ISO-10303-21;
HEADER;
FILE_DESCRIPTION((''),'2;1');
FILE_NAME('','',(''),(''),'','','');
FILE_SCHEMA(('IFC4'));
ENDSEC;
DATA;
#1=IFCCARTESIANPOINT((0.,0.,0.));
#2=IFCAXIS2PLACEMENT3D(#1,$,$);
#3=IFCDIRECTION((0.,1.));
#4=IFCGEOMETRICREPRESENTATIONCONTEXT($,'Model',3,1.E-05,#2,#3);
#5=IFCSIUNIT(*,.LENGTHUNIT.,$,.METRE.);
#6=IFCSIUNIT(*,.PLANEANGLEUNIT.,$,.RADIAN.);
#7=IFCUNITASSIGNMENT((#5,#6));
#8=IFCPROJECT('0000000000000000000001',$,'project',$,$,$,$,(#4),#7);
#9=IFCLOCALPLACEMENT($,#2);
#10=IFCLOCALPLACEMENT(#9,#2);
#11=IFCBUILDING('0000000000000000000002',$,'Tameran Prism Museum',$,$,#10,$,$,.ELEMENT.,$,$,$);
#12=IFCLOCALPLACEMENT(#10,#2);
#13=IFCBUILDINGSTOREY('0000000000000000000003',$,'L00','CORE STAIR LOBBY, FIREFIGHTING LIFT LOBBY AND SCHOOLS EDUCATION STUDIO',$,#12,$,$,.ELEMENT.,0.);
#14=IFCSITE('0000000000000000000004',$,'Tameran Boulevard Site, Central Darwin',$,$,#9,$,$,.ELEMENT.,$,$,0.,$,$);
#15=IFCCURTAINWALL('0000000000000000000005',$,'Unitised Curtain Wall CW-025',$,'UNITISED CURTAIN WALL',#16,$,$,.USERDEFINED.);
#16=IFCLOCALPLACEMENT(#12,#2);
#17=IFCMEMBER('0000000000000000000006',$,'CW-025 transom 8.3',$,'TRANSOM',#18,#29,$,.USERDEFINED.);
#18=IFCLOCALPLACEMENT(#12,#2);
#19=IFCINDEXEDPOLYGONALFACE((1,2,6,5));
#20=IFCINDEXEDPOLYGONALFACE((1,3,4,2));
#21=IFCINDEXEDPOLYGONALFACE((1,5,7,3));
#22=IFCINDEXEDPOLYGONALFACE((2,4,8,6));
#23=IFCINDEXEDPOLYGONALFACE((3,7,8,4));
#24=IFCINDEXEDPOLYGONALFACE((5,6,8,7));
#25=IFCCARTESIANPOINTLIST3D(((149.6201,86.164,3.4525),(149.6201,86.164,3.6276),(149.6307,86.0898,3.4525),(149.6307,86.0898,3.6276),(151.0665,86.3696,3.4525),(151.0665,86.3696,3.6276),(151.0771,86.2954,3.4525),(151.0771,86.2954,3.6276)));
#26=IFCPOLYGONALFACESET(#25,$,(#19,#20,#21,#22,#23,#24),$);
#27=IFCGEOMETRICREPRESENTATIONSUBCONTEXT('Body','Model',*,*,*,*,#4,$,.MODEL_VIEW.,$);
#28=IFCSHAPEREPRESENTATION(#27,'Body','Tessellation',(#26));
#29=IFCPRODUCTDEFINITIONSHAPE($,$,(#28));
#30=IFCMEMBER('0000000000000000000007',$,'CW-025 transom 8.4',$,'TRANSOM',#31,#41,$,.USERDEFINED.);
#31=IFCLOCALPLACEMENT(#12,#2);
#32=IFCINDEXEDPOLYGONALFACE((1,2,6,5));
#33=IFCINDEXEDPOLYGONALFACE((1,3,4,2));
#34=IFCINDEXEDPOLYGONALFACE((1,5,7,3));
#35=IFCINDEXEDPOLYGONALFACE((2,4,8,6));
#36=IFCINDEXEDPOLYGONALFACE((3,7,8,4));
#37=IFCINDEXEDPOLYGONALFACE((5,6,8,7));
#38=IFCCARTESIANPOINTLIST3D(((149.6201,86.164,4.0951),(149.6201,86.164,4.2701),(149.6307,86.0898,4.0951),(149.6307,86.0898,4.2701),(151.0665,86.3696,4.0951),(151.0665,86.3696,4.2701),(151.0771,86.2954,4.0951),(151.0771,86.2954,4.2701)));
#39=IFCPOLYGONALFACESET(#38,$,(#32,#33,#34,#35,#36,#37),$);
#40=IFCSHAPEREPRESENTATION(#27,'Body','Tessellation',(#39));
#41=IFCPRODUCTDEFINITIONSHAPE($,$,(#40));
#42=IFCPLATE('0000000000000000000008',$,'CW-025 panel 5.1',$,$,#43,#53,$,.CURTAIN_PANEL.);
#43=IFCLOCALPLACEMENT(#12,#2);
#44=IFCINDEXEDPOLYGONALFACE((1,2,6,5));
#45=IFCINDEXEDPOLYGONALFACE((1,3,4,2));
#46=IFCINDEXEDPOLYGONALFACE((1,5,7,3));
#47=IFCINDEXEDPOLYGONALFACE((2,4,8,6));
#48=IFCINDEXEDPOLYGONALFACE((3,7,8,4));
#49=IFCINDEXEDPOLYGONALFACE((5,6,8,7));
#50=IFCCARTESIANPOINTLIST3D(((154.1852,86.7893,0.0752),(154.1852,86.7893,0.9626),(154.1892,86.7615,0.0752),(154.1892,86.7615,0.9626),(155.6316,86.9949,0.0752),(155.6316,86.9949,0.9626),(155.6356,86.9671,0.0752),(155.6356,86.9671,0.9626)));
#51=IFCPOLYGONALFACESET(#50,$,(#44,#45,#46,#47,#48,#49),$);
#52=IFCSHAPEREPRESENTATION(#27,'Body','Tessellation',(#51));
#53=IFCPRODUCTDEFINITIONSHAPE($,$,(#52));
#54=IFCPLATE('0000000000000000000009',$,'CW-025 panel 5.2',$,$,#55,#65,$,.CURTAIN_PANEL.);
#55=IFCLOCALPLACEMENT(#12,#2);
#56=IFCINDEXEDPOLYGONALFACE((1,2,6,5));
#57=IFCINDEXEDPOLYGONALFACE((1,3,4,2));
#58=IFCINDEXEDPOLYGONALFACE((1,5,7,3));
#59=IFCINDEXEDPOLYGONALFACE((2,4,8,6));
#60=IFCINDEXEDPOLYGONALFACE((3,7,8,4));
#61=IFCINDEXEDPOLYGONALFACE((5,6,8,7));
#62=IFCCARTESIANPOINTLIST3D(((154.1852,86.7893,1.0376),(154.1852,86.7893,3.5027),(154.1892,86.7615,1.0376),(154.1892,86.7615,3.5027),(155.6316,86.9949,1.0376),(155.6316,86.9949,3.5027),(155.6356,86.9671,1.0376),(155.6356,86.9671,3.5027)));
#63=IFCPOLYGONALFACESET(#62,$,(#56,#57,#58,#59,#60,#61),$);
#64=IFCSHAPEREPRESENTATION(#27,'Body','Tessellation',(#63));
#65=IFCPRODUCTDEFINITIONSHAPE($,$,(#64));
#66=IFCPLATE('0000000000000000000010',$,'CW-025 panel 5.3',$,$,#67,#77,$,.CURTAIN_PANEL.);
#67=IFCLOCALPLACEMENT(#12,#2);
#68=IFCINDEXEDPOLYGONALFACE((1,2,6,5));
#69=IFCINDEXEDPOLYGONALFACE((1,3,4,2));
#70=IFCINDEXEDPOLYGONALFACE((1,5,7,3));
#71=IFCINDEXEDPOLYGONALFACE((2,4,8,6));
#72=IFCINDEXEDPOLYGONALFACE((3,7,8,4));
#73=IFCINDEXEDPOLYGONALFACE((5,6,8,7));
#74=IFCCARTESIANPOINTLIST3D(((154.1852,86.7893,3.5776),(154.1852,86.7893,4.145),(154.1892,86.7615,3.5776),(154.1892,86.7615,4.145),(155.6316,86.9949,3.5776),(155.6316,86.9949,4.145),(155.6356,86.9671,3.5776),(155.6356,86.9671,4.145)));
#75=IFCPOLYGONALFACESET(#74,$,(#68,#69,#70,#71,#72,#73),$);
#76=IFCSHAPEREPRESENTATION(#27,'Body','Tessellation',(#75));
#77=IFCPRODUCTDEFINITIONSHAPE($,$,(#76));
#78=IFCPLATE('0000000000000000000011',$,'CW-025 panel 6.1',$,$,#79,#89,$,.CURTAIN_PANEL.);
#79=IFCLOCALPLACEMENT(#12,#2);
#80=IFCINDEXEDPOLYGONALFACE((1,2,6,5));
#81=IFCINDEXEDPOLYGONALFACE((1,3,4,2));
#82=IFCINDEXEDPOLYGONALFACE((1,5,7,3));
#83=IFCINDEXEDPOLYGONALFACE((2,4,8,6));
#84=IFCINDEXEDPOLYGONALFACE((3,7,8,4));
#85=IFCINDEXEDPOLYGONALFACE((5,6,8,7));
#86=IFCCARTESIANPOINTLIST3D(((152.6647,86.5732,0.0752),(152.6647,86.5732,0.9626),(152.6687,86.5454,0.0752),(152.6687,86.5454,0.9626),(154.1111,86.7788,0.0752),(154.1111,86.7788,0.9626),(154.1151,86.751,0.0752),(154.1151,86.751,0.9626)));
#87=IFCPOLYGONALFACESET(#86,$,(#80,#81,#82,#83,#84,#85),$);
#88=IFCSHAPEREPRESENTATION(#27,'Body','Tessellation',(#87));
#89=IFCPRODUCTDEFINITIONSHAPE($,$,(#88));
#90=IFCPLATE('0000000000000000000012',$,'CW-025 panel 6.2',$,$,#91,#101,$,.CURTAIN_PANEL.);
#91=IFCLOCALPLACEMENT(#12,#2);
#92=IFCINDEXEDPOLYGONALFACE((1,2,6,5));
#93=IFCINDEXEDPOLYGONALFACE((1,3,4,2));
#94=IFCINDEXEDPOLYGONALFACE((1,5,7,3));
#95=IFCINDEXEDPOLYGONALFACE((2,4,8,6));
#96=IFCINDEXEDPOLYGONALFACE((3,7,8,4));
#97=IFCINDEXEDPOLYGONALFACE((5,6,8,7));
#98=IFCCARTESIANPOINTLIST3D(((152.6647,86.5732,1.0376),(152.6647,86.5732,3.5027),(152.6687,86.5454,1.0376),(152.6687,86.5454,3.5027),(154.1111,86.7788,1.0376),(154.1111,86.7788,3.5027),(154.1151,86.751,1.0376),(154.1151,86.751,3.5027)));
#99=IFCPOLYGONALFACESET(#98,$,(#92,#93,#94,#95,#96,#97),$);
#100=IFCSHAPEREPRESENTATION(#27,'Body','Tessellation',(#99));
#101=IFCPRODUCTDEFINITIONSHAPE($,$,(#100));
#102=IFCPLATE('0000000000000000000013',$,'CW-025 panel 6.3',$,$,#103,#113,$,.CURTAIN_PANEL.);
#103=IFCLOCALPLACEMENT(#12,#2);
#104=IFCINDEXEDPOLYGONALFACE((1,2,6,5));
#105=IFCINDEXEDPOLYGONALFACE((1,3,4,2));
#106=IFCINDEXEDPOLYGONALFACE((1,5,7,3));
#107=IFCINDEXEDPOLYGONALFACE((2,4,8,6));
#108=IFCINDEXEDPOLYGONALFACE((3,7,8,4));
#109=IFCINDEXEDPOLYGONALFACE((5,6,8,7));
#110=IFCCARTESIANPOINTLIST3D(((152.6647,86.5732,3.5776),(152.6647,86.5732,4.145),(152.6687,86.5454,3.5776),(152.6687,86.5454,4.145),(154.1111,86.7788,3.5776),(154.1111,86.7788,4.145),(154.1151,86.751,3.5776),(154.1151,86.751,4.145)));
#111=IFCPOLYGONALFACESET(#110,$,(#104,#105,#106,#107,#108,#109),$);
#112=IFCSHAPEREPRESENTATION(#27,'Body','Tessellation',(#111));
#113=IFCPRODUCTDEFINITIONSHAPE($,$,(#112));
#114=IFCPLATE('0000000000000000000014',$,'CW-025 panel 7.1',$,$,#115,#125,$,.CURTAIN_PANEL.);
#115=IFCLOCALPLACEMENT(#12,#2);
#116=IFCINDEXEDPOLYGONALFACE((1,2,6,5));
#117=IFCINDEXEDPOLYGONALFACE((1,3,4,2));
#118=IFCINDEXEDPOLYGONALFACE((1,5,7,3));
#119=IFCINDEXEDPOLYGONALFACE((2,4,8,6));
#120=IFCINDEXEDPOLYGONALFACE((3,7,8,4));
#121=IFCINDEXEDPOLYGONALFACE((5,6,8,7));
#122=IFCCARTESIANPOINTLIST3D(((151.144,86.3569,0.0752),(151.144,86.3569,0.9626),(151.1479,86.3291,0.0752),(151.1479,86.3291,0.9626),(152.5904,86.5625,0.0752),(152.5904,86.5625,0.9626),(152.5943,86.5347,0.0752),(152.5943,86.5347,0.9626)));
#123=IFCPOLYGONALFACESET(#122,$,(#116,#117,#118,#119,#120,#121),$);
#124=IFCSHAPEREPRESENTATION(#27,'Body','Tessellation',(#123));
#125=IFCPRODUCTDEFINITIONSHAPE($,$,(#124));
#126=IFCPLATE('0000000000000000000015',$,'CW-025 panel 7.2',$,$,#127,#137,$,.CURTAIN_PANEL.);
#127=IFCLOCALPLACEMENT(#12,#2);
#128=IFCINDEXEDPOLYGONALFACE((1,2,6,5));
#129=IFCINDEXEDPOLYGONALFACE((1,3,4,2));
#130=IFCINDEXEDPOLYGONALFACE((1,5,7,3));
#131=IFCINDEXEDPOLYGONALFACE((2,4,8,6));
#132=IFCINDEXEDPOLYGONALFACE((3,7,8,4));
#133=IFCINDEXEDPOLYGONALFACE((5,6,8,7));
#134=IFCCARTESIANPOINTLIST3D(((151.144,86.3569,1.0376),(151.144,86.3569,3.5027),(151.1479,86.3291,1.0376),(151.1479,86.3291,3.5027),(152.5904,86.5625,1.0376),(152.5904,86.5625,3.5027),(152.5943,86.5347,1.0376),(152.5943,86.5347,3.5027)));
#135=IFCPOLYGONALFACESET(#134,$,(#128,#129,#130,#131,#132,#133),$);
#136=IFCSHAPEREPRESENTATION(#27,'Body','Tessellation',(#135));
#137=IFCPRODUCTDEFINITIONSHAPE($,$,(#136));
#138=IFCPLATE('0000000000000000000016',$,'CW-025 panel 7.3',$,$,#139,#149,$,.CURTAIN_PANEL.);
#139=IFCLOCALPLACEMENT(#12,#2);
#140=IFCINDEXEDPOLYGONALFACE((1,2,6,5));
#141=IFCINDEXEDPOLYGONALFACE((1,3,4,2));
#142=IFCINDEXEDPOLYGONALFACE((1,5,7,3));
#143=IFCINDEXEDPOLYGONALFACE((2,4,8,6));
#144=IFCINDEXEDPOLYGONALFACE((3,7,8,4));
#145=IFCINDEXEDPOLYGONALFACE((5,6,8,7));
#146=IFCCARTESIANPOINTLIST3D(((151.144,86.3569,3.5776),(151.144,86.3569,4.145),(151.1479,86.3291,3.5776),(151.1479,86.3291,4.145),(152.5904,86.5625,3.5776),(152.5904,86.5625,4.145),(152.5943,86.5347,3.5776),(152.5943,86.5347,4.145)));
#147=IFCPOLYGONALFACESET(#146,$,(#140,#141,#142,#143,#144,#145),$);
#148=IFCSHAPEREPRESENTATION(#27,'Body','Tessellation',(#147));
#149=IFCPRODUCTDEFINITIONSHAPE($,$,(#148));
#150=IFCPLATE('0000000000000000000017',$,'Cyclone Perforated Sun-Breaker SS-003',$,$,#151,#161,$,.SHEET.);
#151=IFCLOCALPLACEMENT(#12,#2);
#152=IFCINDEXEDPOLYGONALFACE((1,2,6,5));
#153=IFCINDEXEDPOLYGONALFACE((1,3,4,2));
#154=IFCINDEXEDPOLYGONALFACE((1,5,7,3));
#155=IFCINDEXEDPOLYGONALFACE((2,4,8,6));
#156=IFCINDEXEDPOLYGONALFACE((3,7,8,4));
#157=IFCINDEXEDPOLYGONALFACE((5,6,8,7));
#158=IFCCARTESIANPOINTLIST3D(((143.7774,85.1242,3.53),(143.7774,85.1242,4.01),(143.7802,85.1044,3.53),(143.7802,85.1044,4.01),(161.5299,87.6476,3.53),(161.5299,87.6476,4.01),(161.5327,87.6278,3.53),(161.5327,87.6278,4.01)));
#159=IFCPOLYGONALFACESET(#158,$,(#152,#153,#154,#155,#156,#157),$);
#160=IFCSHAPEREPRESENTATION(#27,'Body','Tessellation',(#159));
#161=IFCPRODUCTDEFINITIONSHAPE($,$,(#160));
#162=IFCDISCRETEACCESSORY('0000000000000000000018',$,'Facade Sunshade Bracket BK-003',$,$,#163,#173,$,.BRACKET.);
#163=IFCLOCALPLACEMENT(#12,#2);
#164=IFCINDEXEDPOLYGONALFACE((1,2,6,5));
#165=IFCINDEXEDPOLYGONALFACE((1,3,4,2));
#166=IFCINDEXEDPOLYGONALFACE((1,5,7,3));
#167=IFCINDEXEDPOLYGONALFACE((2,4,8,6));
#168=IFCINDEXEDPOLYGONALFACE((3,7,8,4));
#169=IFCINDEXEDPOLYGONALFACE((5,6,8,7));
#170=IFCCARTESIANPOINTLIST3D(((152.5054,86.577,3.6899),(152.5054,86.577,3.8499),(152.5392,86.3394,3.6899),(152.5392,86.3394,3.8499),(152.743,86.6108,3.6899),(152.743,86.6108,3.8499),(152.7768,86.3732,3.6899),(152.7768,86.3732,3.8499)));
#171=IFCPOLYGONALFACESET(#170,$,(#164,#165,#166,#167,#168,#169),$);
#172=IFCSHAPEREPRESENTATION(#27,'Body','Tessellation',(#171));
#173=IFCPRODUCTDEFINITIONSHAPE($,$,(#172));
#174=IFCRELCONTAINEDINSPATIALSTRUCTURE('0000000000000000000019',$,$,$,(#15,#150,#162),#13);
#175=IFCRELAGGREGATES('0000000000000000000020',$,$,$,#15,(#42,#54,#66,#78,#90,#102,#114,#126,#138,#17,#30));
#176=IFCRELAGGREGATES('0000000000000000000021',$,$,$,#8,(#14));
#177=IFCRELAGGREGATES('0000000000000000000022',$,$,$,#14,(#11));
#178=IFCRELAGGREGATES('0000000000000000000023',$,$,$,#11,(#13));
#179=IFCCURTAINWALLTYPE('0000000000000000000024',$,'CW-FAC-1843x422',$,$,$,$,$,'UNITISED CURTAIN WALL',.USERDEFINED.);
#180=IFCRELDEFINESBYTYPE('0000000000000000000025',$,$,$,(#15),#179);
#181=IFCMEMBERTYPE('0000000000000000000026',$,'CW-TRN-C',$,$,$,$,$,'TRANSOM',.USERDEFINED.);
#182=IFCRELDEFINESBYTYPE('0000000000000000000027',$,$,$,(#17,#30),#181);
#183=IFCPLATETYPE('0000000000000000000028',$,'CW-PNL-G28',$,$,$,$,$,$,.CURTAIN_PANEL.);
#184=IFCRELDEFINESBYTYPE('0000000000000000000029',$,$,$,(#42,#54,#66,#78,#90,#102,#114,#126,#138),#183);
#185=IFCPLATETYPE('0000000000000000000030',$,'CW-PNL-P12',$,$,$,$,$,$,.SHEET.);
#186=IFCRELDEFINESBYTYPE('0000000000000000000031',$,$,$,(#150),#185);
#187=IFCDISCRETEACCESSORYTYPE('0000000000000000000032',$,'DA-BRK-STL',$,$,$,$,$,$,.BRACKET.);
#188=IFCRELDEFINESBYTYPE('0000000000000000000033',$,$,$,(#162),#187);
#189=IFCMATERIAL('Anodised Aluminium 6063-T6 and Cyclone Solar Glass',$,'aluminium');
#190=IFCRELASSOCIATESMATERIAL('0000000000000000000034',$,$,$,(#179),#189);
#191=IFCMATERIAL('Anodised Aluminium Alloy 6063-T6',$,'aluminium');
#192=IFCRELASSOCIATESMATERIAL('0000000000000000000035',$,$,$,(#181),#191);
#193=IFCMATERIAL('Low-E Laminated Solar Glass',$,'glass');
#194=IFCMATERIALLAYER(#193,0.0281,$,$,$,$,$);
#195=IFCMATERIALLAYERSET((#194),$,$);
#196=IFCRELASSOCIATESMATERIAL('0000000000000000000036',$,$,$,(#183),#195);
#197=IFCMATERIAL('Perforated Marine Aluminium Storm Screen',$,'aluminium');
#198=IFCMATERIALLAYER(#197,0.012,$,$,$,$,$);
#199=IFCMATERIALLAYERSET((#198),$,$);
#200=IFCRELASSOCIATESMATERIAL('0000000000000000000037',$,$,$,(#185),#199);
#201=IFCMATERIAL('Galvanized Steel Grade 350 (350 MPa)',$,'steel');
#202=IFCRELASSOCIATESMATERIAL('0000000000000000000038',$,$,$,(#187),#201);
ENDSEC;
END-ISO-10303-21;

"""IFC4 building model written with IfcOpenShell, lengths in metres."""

from ifc_helpers import new_model, si_unit, direction, frame, origin, origin_2d, place, context, subcontext, project, spatial, rectangle, extrude, material, layer, layer_set, material_profile, profile_set, type_object, element, aggregate, save


model = new_model("IFC4")

# Units and contexts
model_context = context("Model", 3, precision=1e-05, world=origin(), true_north=direction((0.0, 1.0)))
body_context = subcontext(model_context, "Body", "Model", "MODEL_VIEW")
ifc_project = project(units=[si_unit("LENGTHUNIT", "METRE"), si_unit("PLANEANGLEUNIT", "RADIAN")], contexts=[model_context])

# Site, building, storey
site_placement = place(None, origin())
site = spatial("IfcSite", under=ifc_project, at=site_placement, Name="Tameran Boulevard Site, Central Darwin", CompositionType="ELEMENT", RefElevation=0.0)
building_placement = place(site_placement, origin())
building = spatial("IfcBuilding", under=site, at=building_placement, Name="Tameran Prism Museum", CompositionType="ELEMENT")
storey_placement = place(building_placement, origin())
storey = spatial("IfcBuildingStorey", under=building, at=storey_placement, Name="L00", Description="CORE STAIR LOBBY, FIREFIGHTING LIFT LOBBY AND SCHOOLS EDUCATION STUDIO", CompositionType="ELEMENT", Elevation=0.0)

# Curtain wall, members, plates
ifc_material_1 = material(Name="Anodised Aluminium 6063-T6 and Cyclone Solar Glass", Category="aluminium")
curtain_wall_type = type_object("IfcCurtainWallType", Name="CW-FAC-1843x422", ElementType="UNITISED CURTAIN WALL", PredefinedType="USERDEFINED", material=ifc_material_1)
curtain_wall_placement = place(storey_placement, origin())
curtain_wall = element("IfcCurtainWall", 1, at=curtain_wall_placement, inside=storey, type_object=curtain_wall_type, Name="Unitised Curtain Wall CW-025", ObjectType="UNITISED CURTAIN WALL", PredefinedType="USERDEFINED")
ifc_material_2 = material(Name="Anodised Aluminium Alloy 6063-T6", Category="aluminium")
ifc_material_profile_1 = material_profile(ifc_material_2, rectangle(XDim=0.075, YDim=0.175, at=origin_2d()))
ifc_profile_set_1 = profile_set([ifc_material_profile_1])
member_type_1 = type_object("IfcMemberType", Name="CW-TRN-C", ElementType="TRANSOM", PredefinedType="USERDEFINED", material=ifc_profile_set_1)
member_1_placement = place(storey_placement, frame((151.0718, 86.3325, 3.54), z_axis=(-0.99005, -0.140719, 0.0), x_axis=(0.140719, -0.99005, 0.0)))
member_1 = element("IfcMember", 2, at=member_1_placement, type_object=member_type_1, Name="CW-025 transom 8.3", ObjectType="TRANSOM", PredefinedType="USERDEFINED", context=body_context, shape_type="SweptSolid", body=[
    extrude(rectangle(XDim=0.075, YDim=0.175, at=origin_2d()), origin(), (0.0, 0.0, 1.0), 1.4609),
])
member_2_placement = place(storey_placement, frame((151.0718, 86.3325, 4.1826), z_axis=(-0.99005, -0.140719, 0.0), x_axis=(0.140719, -0.99005, 0.0)))
member_2 = element("IfcMember", 3, at=member_2_placement, type_object=member_type_1, Name="CW-025 transom 8.4", ObjectType="TRANSOM", PredefinedType="USERDEFINED", context=body_context, shape_type="SweptSolid", body=[
    extrude(rectangle(XDim=0.075, YDim=0.175, at=origin_2d()), origin(), (0.0, 0.0, 1.0), 1.4609),
])
ifc_material_3 = material(Name="Low-E Laminated Solar Glass", Category="glass")
ifc_layer_1 = layer(ifc_material_3, 0.0281)
ifc_layer_set_1 = layer_set([ifc_layer_1])
plate_type_1 = type_object("IfcPlateType", Name="CW-PNL-G28", PredefinedType="CURTAIN_PANEL", material=ifc_layer_set_1)
plate_1_placement = place(storey_placement, frame((154.9104, 86.8782, 0.0752), z_axis=(0.0, 0.0, 1.0), x_axis=(-0.990046, -0.140745, 0.0)))
plate_1 = element("IfcPlate", 4, at=plate_1_placement, type_object=plate_type_1, Name="CW-025 panel 5.1", PredefinedType="CURTAIN_PANEL", context=body_context, shape_type="SweptSolid", body=[
    extrude(rectangle(XDim=1.4609, YDim=0.0281, at=origin_2d()), origin(), (0.0, 0.0, 1.0), 0.8875),
])
plate_2_placement = place(storey_placement, frame((154.9104, 86.8782, 1.0376), z_axis=(0.0, 0.0, 1.0), x_axis=(-0.990046, -0.140745, 0.0)))
plate_2 = element("IfcPlate", 5, at=plate_2_placement, type_object=plate_type_1, Name="CW-025 panel 5.2", PredefinedType="CURTAIN_PANEL", context=body_context, shape_type="SweptSolid", body=[
    extrude(rectangle(XDim=1.4609, YDim=0.0281, at=origin_2d()), origin(), (0.0, 0.0, 1.0), 2.4651),
])
plate_3_placement = place(storey_placement, frame((154.9104, 86.8782, 3.5776), z_axis=(0.0, 0.0, 1.0), x_axis=(-0.990046, -0.140745, 0.0)))
plate_3 = element("IfcPlate", 6, at=plate_3_placement, type_object=plate_type_1, Name="CW-025 panel 5.3", PredefinedType="CURTAIN_PANEL", context=body_context, shape_type="SweptSolid", body=[
    extrude(rectangle(XDim=1.4609, YDim=0.0281, at=origin_2d()), origin(), (0.0, 0.0, 1.0), 0.5674),
])
plate_4_placement = place(storey_placement, frame((153.3899, 86.6621, 0.0752), z_axis=(0.0, 0.0, 1.0), x_axis=(-0.990046, -0.140745, 0.0)))
plate_4 = element("IfcPlate", 7, at=plate_4_placement, type_object=plate_type_1, Name="CW-025 panel 6.1", PredefinedType="CURTAIN_PANEL", context=body_context, shape_type="SweptSolid", body=[
    extrude(rectangle(XDim=1.4609, YDim=0.0281, at=origin_2d()), origin(), (0.0, 0.0, 1.0), 0.8875),
])
plate_5_placement = place(storey_placement, frame((153.3899, 86.6621, 1.0376), z_axis=(0.0, 0.0, 1.0), x_axis=(-0.990046, -0.140745, 0.0)))
plate_5 = element("IfcPlate", 8, at=plate_5_placement, type_object=plate_type_1, Name="CW-025 panel 6.2", PredefinedType="CURTAIN_PANEL", context=body_context, shape_type="SweptSolid", body=[
    extrude(rectangle(XDim=1.4609, YDim=0.0281, at=origin_2d()), origin(), (0.0, 0.0, 1.0), 2.4651),
])
plate_6_placement = place(storey_placement, frame((153.3899, 86.6621, 3.5776), z_axis=(0.0, 0.0, 1.0), x_axis=(-0.990046, -0.140745, 0.0)))
plate_6 = element("IfcPlate", 9, at=plate_6_placement, type_object=plate_type_1, Name="CW-025 panel 6.3", PredefinedType="CURTAIN_PANEL", context=body_context, shape_type="SweptSolid", body=[
    extrude(rectangle(XDim=1.4609, YDim=0.0281, at=origin_2d()), origin(), (0.0, 0.0, 1.0), 0.5674),
])
plate_7_placement = place(storey_placement, frame((151.8691, 86.4458, 0.0752), z_axis=(0.0, 0.0, 1.0), x_axis=(-0.990046, -0.140745, 0.0)))
plate_7 = element("IfcPlate", 10, at=plate_7_placement, type_object=plate_type_1, Name="CW-025 panel 7.1", PredefinedType="CURTAIN_PANEL", context=body_context, shape_type="SweptSolid", body=[
    extrude(rectangle(XDim=1.4609, YDim=0.0281, at=origin_2d()), origin(), (0.0, 0.0, 1.0), 0.8875),
])
plate_8_placement = place(storey_placement, frame((151.8691, 86.4458, 1.0376), z_axis=(0.0, 0.0, 1.0), x_axis=(-0.990046, -0.140745, 0.0)))
plate_8 = element("IfcPlate", 11, at=plate_8_placement, type_object=plate_type_1, Name="CW-025 panel 7.2", PredefinedType="CURTAIN_PANEL", context=body_context, shape_type="SweptSolid", body=[
    extrude(rectangle(XDim=1.4609, YDim=0.0281, at=origin_2d()), origin(), (0.0, 0.0, 1.0), 2.4651),
])
plate_9_placement = place(storey_placement, frame((151.8691, 86.4458, 3.5776), z_axis=(0.0, 0.0, 1.0), x_axis=(-0.990046, -0.140745, 0.0)))
plate_9 = element("IfcPlate", 12, at=plate_9_placement, type_object=plate_type_1, Name="CW-025 panel 7.3", PredefinedType="CURTAIN_PANEL", context=body_context, shape_type="SweptSolid", body=[
    extrude(rectangle(XDim=1.4609, YDim=0.0281, at=origin_2d()), origin(), (0.0, 0.0, 1.0), 0.5674),
])
aggregate(curtain_wall, [plate_1, plate_2, plate_3, plate_4, plate_5, plate_6, plate_7, plate_8, plate_9, member_1, member_2])

# Plate
ifc_material_4 = material(Name="Perforated Marine Aluminium Storm Screen", Category="aluminium")
ifc_layer_2 = layer(ifc_material_4, 0.012)
ifc_layer_set_2 = layer_set([ifc_layer_2])
plate_type_2 = type_object("IfcPlateType", Name="CW-PNL-P12", PredefinedType="SHEET", material=ifc_layer_set_2)
plate_10_placement = place(storey_placement, frame((152.655, 86.376, 3.53), z_axis=(0.0, 0.0, 1.0), x_axis=(-0.990048, -0.140728, 0.0)))
element("IfcPlate", 13, at=plate_10_placement, inside=storey, type_object=plate_type_2, Name="Cyclone Perforated Sun-Breaker SS-003", PredefinedType="SHEET", context=body_context, shape_type="SweptSolid", body=[
    extrude(rectangle(XDim=17.9309, YDim=0.02, at=origin_2d()), origin(), (0.0, 0.0, 1.0), 0.48),
])

# Discrete accessory
ifc_material_5 = material(Name="Galvanized Steel Grade 350 (350 MPa)", Category="steel")
discrete_accessory_type = type_object("IfcDiscreteAccessoryType", Name="DA-BRK-STL", PredefinedType="BRACKET", material=ifc_material_5)
discrete_accessory_placement = place(storey_placement, frame((152.6411, 86.4751, 3.6899), z_axis=(0.0, 0.0, 1.0), x_axis=(-0.990048, -0.140728, 0.0)))
element("IfcDiscreteAccessory", 14, at=discrete_accessory_placement, inside=storey, type_object=discrete_accessory_type, Name="Facade Sunshade Bracket BK-003", PredefinedType="BRACKET", context=body_context, shape_type="SweptSolid", body=[
    extrude(rectangle(XDim=0.24, YDim=0.24, at=origin_2d()), origin(), (0.0, 0.0, 1.0), 0.1599),
])

save(model, "model.ifc")
